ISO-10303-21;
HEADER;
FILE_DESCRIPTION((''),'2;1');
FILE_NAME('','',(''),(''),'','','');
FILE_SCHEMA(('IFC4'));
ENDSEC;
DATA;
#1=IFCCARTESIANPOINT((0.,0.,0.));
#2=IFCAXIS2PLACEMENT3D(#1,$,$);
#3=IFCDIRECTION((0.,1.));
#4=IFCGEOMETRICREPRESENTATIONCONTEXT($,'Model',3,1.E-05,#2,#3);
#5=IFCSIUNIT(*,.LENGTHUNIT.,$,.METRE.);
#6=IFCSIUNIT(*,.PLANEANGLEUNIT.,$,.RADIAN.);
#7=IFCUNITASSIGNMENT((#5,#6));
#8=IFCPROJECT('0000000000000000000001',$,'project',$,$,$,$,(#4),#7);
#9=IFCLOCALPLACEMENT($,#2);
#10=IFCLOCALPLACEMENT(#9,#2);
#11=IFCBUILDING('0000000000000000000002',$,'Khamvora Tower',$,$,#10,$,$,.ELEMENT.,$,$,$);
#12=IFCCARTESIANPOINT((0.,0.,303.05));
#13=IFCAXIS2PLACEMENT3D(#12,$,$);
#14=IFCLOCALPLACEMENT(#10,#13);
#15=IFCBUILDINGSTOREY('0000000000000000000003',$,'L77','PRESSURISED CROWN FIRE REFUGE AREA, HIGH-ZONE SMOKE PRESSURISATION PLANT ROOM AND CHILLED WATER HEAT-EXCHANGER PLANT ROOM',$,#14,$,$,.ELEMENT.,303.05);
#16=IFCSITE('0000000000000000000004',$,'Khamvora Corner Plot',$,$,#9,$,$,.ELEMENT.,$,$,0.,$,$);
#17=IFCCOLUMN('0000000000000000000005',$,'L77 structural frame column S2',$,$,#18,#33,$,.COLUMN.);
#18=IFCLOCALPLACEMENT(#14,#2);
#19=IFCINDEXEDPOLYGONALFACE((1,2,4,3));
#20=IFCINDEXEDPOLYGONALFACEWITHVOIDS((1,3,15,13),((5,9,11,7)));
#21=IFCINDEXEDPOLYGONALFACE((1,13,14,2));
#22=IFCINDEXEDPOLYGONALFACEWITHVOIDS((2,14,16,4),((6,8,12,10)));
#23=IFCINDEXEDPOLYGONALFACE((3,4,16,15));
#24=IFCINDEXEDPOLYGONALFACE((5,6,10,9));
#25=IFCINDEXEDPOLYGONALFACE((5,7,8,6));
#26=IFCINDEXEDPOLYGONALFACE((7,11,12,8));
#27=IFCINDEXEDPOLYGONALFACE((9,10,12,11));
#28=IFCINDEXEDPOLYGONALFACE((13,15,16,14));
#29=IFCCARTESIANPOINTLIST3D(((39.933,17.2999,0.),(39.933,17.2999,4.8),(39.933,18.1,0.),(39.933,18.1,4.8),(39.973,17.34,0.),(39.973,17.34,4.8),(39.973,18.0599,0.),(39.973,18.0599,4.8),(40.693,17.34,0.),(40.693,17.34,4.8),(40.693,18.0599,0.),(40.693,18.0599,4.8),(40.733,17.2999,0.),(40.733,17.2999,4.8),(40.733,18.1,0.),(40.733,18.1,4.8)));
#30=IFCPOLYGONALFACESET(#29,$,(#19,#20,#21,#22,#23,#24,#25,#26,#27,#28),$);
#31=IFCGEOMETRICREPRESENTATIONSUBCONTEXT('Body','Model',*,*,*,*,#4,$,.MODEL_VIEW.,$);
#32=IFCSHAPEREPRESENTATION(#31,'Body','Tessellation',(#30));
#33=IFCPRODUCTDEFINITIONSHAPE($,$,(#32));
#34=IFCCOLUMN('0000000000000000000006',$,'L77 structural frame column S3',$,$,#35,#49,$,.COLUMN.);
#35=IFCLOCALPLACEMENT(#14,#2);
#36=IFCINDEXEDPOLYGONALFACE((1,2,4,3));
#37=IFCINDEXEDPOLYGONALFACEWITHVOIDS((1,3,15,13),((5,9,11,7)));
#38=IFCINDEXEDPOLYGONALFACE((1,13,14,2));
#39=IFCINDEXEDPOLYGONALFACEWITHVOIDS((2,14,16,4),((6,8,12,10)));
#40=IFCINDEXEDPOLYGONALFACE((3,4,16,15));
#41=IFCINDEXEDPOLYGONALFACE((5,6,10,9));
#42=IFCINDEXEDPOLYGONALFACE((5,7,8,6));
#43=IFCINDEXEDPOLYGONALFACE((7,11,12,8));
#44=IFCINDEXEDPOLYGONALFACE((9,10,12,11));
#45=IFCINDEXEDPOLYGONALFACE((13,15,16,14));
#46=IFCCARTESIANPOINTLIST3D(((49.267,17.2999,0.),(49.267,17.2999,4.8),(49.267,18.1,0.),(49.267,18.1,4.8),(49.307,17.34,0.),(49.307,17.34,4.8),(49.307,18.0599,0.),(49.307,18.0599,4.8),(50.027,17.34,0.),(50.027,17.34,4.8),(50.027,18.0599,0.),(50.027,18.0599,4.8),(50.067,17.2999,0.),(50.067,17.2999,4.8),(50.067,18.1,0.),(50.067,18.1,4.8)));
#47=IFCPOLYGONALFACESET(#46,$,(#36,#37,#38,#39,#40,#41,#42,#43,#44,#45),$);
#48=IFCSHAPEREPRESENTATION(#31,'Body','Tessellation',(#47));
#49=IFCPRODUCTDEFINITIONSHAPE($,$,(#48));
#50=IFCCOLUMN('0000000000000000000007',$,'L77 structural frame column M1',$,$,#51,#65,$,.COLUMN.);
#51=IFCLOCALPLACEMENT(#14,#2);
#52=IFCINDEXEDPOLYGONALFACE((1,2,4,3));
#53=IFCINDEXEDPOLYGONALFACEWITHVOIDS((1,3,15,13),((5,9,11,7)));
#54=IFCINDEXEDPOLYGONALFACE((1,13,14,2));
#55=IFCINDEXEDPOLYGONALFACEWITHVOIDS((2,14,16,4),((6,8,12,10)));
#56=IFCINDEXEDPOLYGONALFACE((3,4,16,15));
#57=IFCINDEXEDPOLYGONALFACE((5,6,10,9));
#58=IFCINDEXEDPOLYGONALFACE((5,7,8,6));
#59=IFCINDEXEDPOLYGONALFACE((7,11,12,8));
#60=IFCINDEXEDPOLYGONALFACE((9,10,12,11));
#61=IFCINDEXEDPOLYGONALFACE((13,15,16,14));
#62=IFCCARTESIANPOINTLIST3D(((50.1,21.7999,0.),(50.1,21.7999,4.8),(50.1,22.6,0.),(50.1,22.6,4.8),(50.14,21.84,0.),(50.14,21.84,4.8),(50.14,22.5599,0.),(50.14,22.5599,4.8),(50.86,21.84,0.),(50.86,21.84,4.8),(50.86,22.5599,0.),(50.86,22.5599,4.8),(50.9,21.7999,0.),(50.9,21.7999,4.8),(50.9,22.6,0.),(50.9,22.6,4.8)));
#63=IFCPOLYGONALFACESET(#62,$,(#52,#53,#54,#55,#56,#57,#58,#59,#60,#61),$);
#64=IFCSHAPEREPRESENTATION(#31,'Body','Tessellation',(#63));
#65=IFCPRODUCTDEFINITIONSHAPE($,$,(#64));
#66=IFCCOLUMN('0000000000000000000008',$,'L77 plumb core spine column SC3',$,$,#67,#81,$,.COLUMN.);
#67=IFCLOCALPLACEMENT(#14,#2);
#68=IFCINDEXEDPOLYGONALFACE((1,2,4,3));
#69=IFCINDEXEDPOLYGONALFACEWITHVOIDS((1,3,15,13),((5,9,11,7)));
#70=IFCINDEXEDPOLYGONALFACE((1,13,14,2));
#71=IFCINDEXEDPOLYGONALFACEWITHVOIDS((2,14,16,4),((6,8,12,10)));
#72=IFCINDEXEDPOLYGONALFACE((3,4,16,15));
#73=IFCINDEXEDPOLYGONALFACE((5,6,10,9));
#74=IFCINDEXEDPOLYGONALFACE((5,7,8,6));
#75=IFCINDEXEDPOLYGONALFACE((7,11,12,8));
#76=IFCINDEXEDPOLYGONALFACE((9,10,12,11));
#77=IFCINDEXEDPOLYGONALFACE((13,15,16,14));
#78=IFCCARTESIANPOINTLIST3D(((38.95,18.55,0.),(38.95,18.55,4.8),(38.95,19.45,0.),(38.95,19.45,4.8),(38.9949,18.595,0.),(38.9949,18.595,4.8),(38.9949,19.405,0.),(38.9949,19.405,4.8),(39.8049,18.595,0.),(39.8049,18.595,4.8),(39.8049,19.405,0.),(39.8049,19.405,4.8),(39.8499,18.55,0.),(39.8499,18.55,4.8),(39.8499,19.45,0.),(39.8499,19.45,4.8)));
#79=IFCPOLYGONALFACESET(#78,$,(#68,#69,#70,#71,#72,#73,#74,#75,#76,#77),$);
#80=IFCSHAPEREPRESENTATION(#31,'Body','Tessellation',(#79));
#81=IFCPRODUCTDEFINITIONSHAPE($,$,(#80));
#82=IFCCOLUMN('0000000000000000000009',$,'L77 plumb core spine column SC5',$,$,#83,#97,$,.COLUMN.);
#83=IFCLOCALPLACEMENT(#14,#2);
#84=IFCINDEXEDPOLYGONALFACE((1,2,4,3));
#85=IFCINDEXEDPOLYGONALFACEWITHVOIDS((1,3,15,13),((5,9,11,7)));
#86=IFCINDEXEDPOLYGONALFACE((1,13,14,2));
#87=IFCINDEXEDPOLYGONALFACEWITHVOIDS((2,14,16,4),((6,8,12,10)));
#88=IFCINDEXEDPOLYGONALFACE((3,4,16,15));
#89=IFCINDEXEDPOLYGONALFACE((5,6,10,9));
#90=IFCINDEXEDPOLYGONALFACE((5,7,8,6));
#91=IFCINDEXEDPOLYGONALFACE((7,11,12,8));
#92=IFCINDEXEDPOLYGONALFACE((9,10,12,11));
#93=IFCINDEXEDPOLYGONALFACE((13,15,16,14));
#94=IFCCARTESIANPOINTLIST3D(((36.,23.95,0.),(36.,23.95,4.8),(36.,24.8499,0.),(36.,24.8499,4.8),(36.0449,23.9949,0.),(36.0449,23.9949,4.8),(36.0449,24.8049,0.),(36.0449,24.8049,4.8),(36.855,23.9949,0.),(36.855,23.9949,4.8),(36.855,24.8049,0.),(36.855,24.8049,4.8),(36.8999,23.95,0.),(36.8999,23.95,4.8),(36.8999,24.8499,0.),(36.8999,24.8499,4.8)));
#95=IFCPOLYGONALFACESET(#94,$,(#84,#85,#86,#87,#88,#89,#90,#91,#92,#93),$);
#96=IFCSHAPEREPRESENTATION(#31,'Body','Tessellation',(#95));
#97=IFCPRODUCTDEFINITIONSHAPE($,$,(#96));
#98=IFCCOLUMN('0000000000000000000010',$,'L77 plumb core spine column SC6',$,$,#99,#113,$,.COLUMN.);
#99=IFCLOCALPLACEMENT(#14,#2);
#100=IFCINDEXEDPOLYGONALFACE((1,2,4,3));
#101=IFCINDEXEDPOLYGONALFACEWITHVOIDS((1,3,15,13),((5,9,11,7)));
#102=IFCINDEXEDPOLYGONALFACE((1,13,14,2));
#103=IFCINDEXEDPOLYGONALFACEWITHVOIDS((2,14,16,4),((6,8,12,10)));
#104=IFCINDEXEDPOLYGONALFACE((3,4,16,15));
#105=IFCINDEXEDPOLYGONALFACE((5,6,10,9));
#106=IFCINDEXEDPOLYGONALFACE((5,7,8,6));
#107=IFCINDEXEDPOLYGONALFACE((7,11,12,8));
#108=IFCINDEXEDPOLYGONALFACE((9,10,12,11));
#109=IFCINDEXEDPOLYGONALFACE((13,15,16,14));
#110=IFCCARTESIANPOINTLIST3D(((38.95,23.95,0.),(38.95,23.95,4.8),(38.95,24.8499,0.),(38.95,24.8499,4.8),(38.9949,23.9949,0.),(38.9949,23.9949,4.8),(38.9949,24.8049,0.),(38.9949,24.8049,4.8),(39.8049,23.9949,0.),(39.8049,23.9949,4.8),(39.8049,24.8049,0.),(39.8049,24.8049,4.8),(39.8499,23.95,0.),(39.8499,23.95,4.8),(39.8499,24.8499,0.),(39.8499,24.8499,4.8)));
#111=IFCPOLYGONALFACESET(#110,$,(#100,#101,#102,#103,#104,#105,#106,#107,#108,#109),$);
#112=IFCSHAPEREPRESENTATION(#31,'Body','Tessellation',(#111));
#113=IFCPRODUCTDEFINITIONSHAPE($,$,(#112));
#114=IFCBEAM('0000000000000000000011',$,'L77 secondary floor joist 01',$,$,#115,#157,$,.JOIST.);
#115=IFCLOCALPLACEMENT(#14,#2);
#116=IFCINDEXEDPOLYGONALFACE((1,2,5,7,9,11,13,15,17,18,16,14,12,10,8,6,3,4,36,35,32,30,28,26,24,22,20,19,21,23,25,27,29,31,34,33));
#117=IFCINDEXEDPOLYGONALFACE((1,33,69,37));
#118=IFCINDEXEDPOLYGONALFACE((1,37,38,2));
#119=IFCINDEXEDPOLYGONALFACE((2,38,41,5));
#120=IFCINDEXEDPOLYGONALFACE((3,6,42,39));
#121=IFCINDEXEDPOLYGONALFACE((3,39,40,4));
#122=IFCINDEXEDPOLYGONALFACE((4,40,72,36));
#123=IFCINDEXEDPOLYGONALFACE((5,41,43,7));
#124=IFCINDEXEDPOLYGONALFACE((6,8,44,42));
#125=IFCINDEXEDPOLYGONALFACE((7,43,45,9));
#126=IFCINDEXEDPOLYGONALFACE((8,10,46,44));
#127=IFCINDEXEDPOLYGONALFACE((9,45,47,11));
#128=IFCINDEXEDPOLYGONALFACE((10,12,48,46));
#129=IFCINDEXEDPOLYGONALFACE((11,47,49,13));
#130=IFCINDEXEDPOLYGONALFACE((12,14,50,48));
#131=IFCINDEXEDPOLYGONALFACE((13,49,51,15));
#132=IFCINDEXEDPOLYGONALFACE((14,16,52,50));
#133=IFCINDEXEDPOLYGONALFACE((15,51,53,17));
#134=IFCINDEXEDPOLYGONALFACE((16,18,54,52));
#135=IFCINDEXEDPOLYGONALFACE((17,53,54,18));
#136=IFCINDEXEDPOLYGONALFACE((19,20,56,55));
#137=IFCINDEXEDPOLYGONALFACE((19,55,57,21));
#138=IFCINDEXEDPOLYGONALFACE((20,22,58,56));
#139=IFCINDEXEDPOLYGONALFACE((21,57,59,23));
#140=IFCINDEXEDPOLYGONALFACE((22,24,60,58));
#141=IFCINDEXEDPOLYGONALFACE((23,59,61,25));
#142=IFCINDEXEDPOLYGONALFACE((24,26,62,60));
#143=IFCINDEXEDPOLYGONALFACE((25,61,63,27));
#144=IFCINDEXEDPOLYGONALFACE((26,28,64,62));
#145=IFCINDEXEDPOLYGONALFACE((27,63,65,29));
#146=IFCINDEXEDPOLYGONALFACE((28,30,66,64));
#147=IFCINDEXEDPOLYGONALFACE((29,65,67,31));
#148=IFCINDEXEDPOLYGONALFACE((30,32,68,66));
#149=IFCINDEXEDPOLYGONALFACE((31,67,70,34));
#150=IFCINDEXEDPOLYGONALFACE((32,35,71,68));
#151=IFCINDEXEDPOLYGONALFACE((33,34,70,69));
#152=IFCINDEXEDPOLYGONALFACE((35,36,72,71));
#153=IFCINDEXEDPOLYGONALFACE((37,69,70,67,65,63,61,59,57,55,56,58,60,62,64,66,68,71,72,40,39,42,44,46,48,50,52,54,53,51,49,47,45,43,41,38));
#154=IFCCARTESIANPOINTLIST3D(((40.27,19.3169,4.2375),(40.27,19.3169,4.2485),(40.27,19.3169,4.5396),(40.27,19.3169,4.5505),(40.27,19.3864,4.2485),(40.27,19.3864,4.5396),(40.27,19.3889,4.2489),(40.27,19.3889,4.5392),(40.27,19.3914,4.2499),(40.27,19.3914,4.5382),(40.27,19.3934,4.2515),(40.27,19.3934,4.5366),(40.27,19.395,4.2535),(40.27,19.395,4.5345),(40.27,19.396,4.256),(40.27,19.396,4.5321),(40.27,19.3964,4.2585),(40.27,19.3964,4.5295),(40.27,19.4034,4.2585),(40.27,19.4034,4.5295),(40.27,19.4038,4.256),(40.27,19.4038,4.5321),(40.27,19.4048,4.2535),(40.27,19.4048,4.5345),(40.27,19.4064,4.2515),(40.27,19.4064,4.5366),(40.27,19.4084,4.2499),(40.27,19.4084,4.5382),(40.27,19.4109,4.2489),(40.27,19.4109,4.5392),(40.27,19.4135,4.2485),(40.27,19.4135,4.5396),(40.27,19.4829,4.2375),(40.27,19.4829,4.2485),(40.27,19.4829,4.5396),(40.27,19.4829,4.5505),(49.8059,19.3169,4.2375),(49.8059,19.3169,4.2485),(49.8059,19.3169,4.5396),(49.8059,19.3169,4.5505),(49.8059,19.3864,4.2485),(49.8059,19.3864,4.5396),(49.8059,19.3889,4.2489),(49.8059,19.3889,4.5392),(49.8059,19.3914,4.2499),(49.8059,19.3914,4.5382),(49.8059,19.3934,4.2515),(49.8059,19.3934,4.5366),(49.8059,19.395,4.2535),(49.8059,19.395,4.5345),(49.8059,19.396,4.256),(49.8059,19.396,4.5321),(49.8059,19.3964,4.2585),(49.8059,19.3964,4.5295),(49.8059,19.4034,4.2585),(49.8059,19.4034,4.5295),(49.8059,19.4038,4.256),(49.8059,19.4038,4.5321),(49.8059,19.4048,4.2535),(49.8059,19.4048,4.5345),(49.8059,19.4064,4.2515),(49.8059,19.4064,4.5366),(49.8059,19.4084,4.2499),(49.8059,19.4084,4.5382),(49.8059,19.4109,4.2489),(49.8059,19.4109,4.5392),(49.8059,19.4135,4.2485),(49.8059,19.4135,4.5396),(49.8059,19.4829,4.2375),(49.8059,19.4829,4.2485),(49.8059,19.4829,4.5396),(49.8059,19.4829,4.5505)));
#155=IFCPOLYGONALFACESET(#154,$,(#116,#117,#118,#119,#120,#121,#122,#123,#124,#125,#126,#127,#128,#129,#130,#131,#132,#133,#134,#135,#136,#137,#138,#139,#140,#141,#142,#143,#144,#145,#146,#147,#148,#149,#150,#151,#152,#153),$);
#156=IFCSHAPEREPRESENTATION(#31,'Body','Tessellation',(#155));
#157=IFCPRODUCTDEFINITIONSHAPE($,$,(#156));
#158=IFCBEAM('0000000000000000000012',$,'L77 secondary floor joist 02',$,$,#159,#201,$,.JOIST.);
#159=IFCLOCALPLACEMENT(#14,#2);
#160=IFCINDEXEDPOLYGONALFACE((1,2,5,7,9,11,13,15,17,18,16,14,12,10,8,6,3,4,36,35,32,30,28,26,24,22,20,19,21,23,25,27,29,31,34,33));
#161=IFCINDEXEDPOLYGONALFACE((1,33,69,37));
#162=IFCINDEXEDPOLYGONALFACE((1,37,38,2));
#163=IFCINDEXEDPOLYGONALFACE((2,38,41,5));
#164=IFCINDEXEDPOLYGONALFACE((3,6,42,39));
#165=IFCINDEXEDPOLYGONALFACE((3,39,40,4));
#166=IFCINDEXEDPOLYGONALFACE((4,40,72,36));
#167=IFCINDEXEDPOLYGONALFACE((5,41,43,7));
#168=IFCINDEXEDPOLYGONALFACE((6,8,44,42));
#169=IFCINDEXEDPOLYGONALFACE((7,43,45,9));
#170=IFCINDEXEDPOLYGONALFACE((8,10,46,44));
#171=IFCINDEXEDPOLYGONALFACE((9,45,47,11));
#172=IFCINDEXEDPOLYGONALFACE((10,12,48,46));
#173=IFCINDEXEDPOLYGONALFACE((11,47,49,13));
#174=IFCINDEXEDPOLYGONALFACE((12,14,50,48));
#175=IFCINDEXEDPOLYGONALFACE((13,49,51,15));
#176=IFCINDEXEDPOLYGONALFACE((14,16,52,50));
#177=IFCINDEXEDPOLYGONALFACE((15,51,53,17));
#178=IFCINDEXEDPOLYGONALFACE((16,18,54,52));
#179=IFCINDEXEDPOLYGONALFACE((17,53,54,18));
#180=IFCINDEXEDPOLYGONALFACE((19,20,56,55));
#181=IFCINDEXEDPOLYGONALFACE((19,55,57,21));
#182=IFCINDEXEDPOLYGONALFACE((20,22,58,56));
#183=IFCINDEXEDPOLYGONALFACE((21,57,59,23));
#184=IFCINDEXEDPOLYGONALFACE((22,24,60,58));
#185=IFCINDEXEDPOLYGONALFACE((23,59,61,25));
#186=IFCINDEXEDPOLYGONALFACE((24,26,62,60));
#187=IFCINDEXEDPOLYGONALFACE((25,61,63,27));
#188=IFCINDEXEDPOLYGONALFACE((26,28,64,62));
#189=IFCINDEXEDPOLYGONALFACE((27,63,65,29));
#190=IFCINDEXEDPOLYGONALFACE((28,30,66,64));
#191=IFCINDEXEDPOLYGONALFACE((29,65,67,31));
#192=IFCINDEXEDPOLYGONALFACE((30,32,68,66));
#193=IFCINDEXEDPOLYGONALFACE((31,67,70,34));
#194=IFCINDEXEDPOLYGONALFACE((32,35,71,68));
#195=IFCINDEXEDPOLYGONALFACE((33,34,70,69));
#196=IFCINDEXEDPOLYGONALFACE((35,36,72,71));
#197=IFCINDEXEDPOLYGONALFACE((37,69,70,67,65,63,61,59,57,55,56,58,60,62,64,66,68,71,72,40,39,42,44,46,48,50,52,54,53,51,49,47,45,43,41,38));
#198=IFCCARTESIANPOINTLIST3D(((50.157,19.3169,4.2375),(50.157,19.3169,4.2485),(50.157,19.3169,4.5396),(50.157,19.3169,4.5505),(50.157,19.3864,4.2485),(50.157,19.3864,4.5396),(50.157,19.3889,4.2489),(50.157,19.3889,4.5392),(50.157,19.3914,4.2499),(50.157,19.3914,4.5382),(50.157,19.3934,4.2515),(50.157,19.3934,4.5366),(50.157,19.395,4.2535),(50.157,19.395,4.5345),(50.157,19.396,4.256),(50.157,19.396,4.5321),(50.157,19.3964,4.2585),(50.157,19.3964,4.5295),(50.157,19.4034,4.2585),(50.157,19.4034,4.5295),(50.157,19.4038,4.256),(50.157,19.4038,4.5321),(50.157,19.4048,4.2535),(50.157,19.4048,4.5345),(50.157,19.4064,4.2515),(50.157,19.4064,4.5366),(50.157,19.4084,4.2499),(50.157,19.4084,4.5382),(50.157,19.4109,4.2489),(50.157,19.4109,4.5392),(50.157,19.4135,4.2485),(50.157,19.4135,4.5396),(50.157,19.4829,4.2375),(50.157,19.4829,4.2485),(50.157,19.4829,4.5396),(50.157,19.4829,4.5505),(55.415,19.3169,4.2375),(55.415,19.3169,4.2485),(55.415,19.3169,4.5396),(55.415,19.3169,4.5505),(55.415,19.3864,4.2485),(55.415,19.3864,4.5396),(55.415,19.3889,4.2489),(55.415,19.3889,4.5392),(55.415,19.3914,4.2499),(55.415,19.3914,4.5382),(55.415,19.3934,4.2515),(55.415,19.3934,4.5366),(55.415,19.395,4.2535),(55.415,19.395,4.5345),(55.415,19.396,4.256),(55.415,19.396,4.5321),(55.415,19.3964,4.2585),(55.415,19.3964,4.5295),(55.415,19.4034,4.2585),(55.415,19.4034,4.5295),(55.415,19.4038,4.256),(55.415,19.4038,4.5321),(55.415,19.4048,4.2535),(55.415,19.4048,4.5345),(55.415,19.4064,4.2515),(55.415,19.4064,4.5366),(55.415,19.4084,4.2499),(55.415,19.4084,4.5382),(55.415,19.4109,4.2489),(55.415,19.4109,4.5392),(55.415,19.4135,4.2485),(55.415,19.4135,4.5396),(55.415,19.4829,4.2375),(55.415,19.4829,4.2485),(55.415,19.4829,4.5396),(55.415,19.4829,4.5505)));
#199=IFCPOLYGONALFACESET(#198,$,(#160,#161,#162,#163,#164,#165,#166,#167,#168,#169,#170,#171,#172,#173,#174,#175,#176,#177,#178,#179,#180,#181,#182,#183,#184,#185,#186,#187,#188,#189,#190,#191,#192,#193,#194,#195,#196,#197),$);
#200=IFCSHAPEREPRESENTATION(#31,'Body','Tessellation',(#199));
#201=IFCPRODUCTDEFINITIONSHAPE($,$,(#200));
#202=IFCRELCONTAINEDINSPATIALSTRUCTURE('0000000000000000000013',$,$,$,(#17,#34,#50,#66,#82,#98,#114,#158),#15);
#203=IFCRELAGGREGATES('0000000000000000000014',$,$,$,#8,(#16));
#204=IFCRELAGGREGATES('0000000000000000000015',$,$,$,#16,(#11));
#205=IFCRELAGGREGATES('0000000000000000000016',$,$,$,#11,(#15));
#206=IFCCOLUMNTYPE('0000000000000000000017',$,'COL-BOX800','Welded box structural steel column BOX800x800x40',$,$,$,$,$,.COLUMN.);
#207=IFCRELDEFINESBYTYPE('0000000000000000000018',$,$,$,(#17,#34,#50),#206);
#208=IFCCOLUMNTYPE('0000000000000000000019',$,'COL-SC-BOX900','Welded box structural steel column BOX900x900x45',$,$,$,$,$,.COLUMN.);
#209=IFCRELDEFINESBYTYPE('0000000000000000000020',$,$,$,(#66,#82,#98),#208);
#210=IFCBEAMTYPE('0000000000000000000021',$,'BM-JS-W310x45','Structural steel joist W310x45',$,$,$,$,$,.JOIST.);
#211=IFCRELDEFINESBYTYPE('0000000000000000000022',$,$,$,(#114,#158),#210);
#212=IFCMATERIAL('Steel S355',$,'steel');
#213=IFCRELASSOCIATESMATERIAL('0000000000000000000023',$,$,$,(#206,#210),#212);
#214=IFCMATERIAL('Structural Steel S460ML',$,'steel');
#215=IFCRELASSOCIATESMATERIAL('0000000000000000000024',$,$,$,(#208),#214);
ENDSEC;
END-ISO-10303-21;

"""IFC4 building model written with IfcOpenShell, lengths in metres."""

from ifc_helpers import new_model, si_unit, direction, frame, origin, origin_2d, place, context, subcontext, project, spatial, hollow_rectangle, i_section, extrude, material, material_profile, profile_set, type_object, element, save


model = new_model("IFC4")

# Units and contexts
model_context = context("Model", 3, precision=1e-05, world=origin(), true_north=direction((0.0, 1.0)))
body_context = subcontext(model_context, "Body", "Model", "MODEL_VIEW")
ifc_project = project(units=[si_unit("LENGTHUNIT", "METRE"), si_unit("PLANEANGLEUNIT", "RADIAN")], contexts=[model_context])

# Site, building, storey
site_placement = place(None, origin())
site = spatial("IfcSite", under=ifc_project, at=site_placement, Name="Khamvora Corner Plot", CompositionType="ELEMENT", RefElevation=0.0)
building_placement = place(site_placement, origin())
building = spatial("IfcBuilding", under=site, at=building_placement, Name="Khamvora Tower", CompositionType="ELEMENT")
storey_placement = place(building_placement, frame((0.0, 0.0, 303.05)))
storey = spatial("IfcBuildingStorey", under=building, at=storey_placement, Name="L77", Description="PRESSURISED CROWN FIRE REFUGE AREA, HIGH-ZONE SMOKE PRESSURISATION PLANT ROOM AND CHILLED WATER HEAT-EXCHANGER PLANT ROOM", CompositionType="ELEMENT", Elevation=303.05)

# Columns
ifc_material_1 = material(Name="Steel S355", Category="steel")
ifc_material_profile_1 = material_profile(ifc_material_1, hollow_rectangle(XDim=0.8, YDim=0.8, WallThickness=0.04, at=origin_2d()), Name="BOX800x800x40")
ifc_profile_set_1 = profile_set([ifc_material_profile_1], Name="Steel S355")
column_type_1 = type_object("IfcColumnType", Name="COL-BOX800", Description="Welded box structural steel column BOX800x800x40", PredefinedType="COLUMN", material=ifc_profile_set_1)
for number, where, z_axis, x_axis, name in (
    (1, (40.333, 17.7, 0.0), (0.0, 0.0, 1.0), (1.0, 0.0, 0.0), "L77 structural frame column S2"),
    (2, (49.667, 17.7, 0.0), (0.0, 0.0, 1.0), (1.0, 0.0, 0.0), "L77 structural frame column S3"),
    (3, (50.5, 22.2, 0.0), (0.0, 0.0, 1.0), (1.0, 0.0, 0.0), "L77 structural frame column M1"),
):
    element("IfcColumn", number, at=place(storey_placement, frame(where, z_axis=z_axis, x_axis=x_axis)), inside=storey, type_object=column_type_1, Name=name, PredefinedType="COLUMN", context=body_context, shape_type="SweptSolid", body=[
        extrude(hollow_rectangle(XDim=0.8, YDim=0.8, WallThickness=0.04, at=origin_2d()), origin(), (0.0, 0.0, 1.0), 4.8),
    ])
ifc_material_2 = material(Name="Structural Steel S460ML", Category="steel")
ifc_material_profile_2 = material_profile(ifc_material_2, hollow_rectangle(XDim=0.8999, YDim=0.8999, WallThickness=0.0449, at=origin_2d()), Name="BOX900x900x45")
ifc_profile_set_2 = profile_set([ifc_material_profile_2], Name="Structural Steel S460ML")
column_type_2 = type_object("IfcColumnType", Name="COL-SC-BOX900", Description="Welded box structural steel column BOX900x900x45", PredefinedType="COLUMN", material=ifc_profile_set_2)
for number, where, z_axis, x_axis, name in (
    (4, (39.3999, 19.0, 0.0), (0.0, 0.0, 1.0), (1.0, 0.0, 0.0), "L77 plumb core spine column SC3"),
    (5, (36.45, 24.3999, 0.0), (0.0, 0.0, 1.0), (1.0, 0.0, 0.0), "L77 plumb core spine column SC5"),
    (6, (39.3999, 24.3999, 0.0), (0.0, 0.0, 1.0), (1.0, 0.0, 0.0), "L77 plumb core spine column SC6"),
):
    element("IfcColumn", number, at=place(storey_placement, frame(where, z_axis=z_axis, x_axis=x_axis)), inside=storey, type_object=column_type_2, Name=name, PredefinedType="COLUMN", context=body_context, shape_type="SweptSolid", body=[
        extrude(hollow_rectangle(XDim=0.8999, YDim=0.8999, WallThickness=0.0449, at=origin_2d()), origin(), (0.0, 0.0, 1.0), 4.8),
    ])

# Beams
ifc_material_profile_3 = material_profile(ifc_material_1, i_section(OverallWidth=0.166, OverallDepth=0.313, WebThickness=0.0071, FlangeThickness=0.011, FilletRadius=0.01, at=origin_2d()), Name="W310x45")
ifc_profile_set_3 = profile_set([ifc_material_profile_3], Name="Steel S355")
beam_type_1 = type_object("IfcBeamType", Name="BM-JS-W310x45", Description="Structural steel joist W310x45", PredefinedType="JOIST", material=ifc_profile_set_3)
beam_1_placement = place(storey_placement, frame((40.27, 19.3999, 4.394), z_axis=(1.0, 0.0, 0.0), x_axis=(0.0, 1.0, 0.0)))
element("IfcBeam", 7, at=beam_1_placement, inside=storey, type_object=beam_type_1, Name="L77 secondary floor joist 01", PredefinedType="JOIST", context=body_context, shape_type="SweptSolid", body=[
    extrude(i_section(OverallWidth=0.166, OverallDepth=0.313, WebThickness=0.0071, FlangeThickness=0.011, FilletRadius=0.01, at=origin_2d()), origin(), (0.0, 0.0, 1.0), 9.5359),
])
beam_2_placement = place(storey_placement, frame((50.157, 19.3999, 4.394), z_axis=(1.0, 0.0, 0.0), x_axis=(0.0, 1.0, 0.0)))
element("IfcBeam", 8, at=beam_2_placement, inside=storey, type_object=beam_type_1, Name="L77 secondary floor joist 02", PredefinedType="JOIST", context=body_context, shape_type="SweptSolid", body=[
    extrude(i_section(OverallWidth=0.166, OverallDepth=0.313, WebThickness=0.0071, FlangeThickness=0.011, FilletRadius=0.01, at=origin_2d()), origin(), (0.0, 0.0, 1.0), 5.2581),
])

save(model, "model.ifc")
